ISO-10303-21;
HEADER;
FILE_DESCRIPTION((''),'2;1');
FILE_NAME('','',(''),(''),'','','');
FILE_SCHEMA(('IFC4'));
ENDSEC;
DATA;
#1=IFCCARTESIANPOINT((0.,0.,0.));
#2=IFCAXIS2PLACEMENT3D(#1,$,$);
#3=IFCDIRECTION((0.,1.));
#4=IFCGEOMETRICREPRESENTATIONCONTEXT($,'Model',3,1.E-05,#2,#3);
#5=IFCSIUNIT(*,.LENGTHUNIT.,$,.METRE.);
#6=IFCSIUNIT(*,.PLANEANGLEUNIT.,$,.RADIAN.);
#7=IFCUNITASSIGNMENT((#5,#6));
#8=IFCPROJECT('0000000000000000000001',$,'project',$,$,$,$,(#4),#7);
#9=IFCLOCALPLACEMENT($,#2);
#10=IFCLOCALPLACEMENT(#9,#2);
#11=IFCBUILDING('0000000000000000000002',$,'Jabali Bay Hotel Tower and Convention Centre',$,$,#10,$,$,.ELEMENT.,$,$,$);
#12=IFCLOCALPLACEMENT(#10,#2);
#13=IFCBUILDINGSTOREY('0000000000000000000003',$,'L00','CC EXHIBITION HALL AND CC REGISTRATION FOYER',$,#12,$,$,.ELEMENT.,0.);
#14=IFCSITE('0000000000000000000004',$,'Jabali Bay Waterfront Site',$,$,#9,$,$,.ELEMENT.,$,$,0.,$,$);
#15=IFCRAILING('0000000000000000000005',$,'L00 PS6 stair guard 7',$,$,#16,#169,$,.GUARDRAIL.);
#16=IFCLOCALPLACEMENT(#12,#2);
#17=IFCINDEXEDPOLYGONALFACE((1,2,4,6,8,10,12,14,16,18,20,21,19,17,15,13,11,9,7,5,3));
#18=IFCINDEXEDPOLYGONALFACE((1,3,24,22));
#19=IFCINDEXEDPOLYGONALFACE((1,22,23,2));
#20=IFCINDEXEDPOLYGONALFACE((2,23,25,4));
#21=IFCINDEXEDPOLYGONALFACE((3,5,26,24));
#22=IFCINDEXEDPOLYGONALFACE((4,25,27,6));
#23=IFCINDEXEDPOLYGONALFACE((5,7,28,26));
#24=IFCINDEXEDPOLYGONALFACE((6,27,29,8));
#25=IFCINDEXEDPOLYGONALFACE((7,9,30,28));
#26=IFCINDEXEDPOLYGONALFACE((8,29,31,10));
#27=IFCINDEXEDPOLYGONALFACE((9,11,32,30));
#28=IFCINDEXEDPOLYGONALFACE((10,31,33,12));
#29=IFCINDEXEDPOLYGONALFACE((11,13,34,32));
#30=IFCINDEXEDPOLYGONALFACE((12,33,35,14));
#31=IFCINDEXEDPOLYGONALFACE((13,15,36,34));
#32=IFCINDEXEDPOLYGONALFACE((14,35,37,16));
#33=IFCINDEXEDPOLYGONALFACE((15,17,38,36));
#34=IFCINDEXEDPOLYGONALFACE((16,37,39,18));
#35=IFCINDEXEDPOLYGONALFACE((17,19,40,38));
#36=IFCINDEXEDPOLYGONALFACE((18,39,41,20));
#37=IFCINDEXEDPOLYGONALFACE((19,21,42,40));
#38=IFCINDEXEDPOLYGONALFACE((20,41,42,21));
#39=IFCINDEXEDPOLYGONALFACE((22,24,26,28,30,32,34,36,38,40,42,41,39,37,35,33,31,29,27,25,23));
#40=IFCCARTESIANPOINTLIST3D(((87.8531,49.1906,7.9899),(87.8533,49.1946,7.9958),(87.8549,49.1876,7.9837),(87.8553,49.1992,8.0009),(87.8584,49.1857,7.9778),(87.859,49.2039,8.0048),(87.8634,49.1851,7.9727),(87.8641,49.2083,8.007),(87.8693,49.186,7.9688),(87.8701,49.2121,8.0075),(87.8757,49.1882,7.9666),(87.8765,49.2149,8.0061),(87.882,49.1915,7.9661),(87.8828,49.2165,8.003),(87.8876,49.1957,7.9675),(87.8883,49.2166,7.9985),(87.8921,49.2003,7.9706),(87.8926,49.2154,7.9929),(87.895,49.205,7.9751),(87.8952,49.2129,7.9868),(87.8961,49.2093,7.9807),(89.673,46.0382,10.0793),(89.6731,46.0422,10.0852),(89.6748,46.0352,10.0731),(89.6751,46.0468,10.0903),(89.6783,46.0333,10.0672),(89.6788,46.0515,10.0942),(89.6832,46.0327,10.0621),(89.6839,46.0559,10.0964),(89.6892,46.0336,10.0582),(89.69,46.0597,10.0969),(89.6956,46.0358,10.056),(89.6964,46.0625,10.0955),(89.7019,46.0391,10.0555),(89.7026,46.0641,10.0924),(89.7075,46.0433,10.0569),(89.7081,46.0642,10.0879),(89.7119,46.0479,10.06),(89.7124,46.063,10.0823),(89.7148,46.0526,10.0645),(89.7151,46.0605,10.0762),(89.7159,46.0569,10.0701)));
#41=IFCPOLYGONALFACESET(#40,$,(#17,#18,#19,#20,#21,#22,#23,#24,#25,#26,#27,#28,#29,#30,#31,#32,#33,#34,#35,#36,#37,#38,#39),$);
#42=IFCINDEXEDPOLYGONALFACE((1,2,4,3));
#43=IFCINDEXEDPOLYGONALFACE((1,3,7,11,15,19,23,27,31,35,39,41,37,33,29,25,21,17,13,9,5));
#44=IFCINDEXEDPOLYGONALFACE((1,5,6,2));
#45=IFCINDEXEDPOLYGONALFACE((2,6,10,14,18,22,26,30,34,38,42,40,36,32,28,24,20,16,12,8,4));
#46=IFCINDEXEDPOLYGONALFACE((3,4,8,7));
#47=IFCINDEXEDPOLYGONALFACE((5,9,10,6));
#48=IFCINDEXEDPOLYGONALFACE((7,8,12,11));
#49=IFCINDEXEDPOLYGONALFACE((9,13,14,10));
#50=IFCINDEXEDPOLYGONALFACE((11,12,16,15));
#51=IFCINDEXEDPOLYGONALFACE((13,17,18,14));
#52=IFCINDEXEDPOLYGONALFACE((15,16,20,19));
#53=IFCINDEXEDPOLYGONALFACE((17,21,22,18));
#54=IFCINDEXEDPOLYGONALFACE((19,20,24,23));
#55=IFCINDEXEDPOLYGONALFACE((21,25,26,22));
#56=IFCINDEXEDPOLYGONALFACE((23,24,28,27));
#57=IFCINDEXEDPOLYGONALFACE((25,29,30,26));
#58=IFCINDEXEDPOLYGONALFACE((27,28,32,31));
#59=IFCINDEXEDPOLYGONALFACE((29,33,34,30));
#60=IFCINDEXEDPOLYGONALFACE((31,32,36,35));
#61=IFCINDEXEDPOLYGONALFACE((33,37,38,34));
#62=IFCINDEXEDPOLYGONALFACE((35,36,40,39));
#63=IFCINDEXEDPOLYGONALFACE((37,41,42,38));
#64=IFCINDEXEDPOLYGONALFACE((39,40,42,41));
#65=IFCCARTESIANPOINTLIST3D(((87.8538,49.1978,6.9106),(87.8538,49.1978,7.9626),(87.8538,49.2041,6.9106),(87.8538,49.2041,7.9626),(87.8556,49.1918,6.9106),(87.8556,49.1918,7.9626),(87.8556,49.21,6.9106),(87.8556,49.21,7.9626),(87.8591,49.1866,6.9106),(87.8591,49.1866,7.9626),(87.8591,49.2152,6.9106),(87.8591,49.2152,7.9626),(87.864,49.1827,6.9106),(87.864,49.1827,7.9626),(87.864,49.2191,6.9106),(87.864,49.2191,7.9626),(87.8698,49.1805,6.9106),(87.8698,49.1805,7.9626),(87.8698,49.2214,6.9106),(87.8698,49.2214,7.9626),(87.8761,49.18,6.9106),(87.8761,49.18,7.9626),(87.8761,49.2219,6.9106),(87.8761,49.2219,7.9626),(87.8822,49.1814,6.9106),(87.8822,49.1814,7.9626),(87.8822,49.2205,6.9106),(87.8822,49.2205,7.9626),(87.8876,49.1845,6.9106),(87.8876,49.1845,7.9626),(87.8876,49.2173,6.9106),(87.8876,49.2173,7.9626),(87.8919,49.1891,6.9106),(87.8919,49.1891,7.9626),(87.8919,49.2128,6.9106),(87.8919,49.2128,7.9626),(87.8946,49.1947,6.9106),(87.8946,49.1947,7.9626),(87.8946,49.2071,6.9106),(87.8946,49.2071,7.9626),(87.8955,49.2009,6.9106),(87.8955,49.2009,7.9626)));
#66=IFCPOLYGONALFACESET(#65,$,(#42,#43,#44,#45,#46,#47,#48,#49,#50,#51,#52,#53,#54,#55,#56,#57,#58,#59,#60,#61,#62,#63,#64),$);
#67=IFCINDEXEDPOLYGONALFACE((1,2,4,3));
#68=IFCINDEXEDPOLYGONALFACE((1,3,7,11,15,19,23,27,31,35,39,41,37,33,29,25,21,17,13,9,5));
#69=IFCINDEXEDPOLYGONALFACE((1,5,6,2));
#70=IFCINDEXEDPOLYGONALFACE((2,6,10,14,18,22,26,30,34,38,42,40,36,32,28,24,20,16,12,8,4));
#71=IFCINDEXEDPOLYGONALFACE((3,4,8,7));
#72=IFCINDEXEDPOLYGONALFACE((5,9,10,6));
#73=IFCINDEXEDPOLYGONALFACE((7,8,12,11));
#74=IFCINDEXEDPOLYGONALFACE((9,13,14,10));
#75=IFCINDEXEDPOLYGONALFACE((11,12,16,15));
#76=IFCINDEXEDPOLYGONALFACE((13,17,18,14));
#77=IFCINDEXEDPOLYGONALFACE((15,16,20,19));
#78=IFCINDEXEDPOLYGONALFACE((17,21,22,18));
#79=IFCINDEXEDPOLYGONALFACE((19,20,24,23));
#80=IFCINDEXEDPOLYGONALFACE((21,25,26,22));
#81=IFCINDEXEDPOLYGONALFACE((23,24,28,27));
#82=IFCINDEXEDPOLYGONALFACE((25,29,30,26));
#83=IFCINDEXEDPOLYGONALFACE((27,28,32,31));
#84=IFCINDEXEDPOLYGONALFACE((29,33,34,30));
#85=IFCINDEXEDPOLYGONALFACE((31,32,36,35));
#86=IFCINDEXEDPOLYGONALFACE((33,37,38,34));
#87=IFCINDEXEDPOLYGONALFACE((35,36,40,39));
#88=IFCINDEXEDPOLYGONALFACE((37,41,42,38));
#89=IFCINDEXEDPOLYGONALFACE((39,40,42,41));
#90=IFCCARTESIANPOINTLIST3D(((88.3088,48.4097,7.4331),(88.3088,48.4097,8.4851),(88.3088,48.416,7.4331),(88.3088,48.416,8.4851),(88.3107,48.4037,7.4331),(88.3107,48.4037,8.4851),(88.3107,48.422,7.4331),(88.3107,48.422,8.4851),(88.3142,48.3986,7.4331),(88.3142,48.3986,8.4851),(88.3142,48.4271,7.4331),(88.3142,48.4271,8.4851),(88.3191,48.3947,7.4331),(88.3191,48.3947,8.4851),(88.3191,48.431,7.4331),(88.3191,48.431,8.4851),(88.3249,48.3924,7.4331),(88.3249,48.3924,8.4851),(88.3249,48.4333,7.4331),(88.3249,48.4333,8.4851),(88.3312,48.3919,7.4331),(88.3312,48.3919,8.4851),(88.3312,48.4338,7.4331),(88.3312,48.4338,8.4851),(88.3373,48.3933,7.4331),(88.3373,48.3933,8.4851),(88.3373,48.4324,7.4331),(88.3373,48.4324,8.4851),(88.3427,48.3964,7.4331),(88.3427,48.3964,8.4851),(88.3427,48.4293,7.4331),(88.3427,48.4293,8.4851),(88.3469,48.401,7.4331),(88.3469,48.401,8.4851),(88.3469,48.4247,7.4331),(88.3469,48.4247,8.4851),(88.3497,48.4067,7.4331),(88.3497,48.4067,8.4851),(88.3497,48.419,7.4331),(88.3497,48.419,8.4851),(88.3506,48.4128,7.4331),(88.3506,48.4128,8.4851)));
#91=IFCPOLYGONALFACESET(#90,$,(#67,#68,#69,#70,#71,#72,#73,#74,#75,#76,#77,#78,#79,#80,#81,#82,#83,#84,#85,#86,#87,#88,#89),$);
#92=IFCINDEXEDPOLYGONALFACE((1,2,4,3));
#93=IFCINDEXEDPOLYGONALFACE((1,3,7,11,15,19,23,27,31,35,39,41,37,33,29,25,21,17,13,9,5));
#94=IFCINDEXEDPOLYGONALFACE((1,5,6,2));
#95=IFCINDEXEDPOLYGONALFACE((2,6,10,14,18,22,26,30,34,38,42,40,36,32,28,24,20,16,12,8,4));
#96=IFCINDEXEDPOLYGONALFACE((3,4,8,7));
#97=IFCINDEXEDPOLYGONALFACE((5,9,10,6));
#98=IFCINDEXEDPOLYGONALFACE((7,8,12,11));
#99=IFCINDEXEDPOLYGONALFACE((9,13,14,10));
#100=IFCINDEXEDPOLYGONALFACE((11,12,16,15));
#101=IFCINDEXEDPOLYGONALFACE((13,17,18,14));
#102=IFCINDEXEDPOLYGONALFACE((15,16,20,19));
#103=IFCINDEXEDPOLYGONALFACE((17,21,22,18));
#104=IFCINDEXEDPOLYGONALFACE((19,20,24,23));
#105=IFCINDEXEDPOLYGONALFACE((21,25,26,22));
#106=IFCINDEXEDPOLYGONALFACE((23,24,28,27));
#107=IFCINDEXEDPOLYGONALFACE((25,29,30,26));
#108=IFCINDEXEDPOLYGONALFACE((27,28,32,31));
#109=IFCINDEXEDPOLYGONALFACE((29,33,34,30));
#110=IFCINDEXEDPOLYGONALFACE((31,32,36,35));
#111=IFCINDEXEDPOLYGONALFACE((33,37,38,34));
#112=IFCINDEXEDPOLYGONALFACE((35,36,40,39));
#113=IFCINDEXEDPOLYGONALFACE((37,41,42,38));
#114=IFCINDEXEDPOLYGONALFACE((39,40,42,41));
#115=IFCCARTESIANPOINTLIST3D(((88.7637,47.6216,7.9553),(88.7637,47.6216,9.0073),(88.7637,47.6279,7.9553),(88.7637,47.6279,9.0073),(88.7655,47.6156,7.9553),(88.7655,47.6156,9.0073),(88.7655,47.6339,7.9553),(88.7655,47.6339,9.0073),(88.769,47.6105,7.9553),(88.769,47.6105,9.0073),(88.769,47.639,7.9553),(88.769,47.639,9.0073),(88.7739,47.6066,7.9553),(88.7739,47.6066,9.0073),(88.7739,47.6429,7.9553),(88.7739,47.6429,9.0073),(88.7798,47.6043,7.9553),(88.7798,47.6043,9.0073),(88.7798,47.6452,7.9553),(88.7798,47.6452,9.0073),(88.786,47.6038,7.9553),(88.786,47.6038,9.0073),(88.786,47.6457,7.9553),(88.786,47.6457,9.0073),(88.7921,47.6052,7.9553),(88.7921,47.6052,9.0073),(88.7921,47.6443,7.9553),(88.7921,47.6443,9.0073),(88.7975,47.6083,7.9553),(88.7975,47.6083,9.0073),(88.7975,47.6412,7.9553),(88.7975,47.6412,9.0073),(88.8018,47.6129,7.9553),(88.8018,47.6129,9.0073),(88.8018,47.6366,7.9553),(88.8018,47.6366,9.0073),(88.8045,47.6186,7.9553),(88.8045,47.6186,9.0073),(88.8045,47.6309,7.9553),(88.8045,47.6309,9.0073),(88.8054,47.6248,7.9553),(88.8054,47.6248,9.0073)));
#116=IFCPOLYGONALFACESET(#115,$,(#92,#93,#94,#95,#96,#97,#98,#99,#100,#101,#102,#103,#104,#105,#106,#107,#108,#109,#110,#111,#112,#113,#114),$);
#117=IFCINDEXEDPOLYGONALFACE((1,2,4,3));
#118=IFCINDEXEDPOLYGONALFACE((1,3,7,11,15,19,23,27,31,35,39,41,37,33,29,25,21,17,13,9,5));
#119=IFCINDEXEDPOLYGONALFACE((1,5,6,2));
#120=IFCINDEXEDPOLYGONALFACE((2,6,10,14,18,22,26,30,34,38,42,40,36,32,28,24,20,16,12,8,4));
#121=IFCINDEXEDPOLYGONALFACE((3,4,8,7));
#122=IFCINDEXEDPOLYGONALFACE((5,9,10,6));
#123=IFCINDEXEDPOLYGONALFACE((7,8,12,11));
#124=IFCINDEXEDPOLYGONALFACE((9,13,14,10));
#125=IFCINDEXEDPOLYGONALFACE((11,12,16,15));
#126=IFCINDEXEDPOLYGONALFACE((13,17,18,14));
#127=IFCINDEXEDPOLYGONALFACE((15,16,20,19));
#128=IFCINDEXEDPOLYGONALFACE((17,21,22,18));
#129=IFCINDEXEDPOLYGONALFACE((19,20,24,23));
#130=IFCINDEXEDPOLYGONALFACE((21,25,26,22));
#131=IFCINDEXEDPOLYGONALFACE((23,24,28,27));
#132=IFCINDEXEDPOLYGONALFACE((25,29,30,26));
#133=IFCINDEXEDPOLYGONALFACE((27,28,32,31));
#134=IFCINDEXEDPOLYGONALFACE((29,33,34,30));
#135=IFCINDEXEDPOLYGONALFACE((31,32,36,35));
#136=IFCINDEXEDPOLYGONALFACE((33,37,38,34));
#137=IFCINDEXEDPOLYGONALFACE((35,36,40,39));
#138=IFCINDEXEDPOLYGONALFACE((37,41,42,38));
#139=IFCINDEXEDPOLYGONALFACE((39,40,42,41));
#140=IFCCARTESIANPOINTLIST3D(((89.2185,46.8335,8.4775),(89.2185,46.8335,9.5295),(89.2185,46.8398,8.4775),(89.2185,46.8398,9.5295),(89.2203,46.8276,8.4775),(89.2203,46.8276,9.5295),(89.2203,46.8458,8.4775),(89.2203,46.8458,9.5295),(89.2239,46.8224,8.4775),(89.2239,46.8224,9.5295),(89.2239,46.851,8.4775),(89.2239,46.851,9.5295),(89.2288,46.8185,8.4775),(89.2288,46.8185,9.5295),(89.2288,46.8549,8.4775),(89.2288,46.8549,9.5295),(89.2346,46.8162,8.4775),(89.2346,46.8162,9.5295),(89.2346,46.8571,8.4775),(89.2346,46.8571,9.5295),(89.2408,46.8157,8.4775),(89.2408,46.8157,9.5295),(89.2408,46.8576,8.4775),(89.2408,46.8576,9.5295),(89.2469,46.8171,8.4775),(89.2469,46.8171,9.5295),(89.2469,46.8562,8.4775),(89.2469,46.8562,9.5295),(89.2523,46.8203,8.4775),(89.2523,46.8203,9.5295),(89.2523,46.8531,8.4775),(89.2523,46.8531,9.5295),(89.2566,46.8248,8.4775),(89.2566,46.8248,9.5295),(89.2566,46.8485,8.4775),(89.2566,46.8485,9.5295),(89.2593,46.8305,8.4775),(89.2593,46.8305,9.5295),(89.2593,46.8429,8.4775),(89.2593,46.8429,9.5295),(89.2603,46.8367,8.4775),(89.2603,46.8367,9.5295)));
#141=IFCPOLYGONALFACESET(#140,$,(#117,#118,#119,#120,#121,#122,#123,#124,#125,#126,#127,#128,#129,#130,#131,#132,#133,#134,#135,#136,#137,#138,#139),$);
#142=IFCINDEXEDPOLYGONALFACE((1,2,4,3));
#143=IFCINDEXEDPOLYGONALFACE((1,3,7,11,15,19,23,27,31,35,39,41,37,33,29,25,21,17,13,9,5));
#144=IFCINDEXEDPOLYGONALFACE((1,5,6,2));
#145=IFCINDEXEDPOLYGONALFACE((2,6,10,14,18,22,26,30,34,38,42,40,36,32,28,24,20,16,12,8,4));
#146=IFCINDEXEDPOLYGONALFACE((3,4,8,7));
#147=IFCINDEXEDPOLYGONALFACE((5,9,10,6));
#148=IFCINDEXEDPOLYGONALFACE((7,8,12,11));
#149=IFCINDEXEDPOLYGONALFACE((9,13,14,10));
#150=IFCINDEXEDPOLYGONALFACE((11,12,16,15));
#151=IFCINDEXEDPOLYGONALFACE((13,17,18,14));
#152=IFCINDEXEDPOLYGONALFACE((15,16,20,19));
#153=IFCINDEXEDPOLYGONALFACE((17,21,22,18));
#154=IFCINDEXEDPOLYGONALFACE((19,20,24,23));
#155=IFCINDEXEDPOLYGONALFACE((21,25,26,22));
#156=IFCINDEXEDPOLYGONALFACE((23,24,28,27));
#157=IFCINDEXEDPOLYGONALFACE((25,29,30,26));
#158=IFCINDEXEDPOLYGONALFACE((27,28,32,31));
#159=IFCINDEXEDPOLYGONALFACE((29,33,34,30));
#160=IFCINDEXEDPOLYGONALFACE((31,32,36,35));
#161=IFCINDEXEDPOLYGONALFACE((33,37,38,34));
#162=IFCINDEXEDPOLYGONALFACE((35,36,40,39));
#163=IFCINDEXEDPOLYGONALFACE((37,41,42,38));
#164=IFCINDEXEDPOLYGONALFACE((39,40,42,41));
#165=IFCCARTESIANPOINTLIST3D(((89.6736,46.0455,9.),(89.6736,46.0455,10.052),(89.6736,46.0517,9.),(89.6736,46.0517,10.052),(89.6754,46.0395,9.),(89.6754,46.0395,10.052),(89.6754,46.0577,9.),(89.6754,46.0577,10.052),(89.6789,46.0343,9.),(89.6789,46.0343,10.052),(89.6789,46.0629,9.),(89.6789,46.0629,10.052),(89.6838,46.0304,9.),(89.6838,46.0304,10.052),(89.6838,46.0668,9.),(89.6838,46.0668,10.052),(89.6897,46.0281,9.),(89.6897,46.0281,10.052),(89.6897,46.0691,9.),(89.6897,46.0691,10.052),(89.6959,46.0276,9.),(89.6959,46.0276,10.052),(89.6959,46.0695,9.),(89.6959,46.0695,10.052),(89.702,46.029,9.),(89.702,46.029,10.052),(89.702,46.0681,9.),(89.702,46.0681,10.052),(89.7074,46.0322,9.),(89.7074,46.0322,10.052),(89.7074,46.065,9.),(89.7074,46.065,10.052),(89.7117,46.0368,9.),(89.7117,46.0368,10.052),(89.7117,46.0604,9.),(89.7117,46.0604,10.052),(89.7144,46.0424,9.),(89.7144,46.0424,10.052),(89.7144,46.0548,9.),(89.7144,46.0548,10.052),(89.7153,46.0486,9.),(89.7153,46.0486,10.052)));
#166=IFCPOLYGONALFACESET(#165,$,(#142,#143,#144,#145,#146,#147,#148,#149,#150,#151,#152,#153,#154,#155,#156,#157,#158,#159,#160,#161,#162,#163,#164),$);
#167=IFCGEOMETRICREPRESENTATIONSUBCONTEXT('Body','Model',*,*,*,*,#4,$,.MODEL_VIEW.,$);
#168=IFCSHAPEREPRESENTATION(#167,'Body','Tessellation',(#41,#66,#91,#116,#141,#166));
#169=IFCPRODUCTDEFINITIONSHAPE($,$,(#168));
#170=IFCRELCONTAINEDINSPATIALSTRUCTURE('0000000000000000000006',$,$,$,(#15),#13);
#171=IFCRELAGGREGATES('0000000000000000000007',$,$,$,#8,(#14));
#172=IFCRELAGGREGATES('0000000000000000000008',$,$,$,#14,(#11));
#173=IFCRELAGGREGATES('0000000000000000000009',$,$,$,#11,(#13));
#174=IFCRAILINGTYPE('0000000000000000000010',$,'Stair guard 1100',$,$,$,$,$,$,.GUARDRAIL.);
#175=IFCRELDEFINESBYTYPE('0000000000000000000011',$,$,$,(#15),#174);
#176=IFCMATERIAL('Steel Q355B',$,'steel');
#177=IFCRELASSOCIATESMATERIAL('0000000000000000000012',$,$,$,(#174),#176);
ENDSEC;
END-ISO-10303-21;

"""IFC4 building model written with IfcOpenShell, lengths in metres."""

from ifc_helpers import new_model, si_unit, direction, frame, origin, origin_2d, place, context, subcontext, project, spatial, circle, extrude, material, type_object, element, save


model = new_model("IFC4")

# Units and contexts
model_context = context("Model", 3, precision=1e-05, world=origin(), true_north=direction((0.0, 1.0)))
body_context = subcontext(model_context, "Body", "Model", "MODEL_VIEW")
ifc_project = project(units=[si_unit("LENGTHUNIT", "METRE"), si_unit("PLANEANGLEUNIT", "RADIAN")], contexts=[model_context])

# Site, building, storey
site_placement = place(None, origin())
site = spatial("IfcSite", under=ifc_project, at=site_placement, Name="Jabali Bay Waterfront Site", CompositionType="ELEMENT", RefElevation=0.0)
building_placement = place(site_placement, origin())
building = spatial("IfcBuilding", under=site, at=building_placement, Name="Jabali Bay Hotel Tower and Convention Centre", CompositionType="ELEMENT")
storey_placement = place(building_placement, origin())
storey = spatial("IfcBuildingStorey", under=building, at=storey_placement, Name="L00", Description="CC EXHIBITION HALL AND CC REGISTRATION FOYER", CompositionType="ELEMENT", Elevation=0.0)

# Railing
ifc_material_1 = material(Name="Steel Q355B", Category="steel")
railing_type_1 = type_object("IfcRailingType", Name="Stair guard 1100", PredefinedType="GUARDRAIL", material=ifc_material_1)
railing_1_placement = place(storey_placement, frame((87.8745, 49.2009, 6.9106)))
element("IfcRailing", 1, at=railing_1_placement, inside=storey, type_object=railing_type_1, Name="L00 PS6 stair guard 7", PredefinedType="GUARDRAIL", context=body_context, shape_type="SweptSolid", body=[
    extrude(circle(Radius=0.0239, at=origin_2d()), frame((0.0, 0.0, 1.0762), z_axis=(0.433606, -0.751102, 0.497826), x_axis=(0.866047, 0.499962, 0.0)), (0.0, 0.0, 1.0), 4.197),
    extrude(circle(Radius=0.021, at=origin_2d()), origin(), (0.0, 0.0, 1.0), 1.052),
    extrude(circle(Radius=0.021, at=origin_2d()), frame((0.4551, -0.7881, 0.5225)), (0.0, 0.0, 1.0), 1.052),
    extrude(circle(Radius=0.021, at=origin_2d()), frame((0.9099, -1.5762, 1.0447)), (0.0, 0.0, 1.0), 1.052),
    extrude(circle(Radius=0.021, at=origin_2d()), frame((1.3647, -2.3643, 1.5669)), (0.0, 0.0, 1.0), 1.052),
    extrude(circle(Radius=0.021, at=origin_2d()), frame((1.8198, -3.1523, 2.0894)), (0.0, 0.0, 1.0), 1.052),
])

save(model, "model.ifc")
